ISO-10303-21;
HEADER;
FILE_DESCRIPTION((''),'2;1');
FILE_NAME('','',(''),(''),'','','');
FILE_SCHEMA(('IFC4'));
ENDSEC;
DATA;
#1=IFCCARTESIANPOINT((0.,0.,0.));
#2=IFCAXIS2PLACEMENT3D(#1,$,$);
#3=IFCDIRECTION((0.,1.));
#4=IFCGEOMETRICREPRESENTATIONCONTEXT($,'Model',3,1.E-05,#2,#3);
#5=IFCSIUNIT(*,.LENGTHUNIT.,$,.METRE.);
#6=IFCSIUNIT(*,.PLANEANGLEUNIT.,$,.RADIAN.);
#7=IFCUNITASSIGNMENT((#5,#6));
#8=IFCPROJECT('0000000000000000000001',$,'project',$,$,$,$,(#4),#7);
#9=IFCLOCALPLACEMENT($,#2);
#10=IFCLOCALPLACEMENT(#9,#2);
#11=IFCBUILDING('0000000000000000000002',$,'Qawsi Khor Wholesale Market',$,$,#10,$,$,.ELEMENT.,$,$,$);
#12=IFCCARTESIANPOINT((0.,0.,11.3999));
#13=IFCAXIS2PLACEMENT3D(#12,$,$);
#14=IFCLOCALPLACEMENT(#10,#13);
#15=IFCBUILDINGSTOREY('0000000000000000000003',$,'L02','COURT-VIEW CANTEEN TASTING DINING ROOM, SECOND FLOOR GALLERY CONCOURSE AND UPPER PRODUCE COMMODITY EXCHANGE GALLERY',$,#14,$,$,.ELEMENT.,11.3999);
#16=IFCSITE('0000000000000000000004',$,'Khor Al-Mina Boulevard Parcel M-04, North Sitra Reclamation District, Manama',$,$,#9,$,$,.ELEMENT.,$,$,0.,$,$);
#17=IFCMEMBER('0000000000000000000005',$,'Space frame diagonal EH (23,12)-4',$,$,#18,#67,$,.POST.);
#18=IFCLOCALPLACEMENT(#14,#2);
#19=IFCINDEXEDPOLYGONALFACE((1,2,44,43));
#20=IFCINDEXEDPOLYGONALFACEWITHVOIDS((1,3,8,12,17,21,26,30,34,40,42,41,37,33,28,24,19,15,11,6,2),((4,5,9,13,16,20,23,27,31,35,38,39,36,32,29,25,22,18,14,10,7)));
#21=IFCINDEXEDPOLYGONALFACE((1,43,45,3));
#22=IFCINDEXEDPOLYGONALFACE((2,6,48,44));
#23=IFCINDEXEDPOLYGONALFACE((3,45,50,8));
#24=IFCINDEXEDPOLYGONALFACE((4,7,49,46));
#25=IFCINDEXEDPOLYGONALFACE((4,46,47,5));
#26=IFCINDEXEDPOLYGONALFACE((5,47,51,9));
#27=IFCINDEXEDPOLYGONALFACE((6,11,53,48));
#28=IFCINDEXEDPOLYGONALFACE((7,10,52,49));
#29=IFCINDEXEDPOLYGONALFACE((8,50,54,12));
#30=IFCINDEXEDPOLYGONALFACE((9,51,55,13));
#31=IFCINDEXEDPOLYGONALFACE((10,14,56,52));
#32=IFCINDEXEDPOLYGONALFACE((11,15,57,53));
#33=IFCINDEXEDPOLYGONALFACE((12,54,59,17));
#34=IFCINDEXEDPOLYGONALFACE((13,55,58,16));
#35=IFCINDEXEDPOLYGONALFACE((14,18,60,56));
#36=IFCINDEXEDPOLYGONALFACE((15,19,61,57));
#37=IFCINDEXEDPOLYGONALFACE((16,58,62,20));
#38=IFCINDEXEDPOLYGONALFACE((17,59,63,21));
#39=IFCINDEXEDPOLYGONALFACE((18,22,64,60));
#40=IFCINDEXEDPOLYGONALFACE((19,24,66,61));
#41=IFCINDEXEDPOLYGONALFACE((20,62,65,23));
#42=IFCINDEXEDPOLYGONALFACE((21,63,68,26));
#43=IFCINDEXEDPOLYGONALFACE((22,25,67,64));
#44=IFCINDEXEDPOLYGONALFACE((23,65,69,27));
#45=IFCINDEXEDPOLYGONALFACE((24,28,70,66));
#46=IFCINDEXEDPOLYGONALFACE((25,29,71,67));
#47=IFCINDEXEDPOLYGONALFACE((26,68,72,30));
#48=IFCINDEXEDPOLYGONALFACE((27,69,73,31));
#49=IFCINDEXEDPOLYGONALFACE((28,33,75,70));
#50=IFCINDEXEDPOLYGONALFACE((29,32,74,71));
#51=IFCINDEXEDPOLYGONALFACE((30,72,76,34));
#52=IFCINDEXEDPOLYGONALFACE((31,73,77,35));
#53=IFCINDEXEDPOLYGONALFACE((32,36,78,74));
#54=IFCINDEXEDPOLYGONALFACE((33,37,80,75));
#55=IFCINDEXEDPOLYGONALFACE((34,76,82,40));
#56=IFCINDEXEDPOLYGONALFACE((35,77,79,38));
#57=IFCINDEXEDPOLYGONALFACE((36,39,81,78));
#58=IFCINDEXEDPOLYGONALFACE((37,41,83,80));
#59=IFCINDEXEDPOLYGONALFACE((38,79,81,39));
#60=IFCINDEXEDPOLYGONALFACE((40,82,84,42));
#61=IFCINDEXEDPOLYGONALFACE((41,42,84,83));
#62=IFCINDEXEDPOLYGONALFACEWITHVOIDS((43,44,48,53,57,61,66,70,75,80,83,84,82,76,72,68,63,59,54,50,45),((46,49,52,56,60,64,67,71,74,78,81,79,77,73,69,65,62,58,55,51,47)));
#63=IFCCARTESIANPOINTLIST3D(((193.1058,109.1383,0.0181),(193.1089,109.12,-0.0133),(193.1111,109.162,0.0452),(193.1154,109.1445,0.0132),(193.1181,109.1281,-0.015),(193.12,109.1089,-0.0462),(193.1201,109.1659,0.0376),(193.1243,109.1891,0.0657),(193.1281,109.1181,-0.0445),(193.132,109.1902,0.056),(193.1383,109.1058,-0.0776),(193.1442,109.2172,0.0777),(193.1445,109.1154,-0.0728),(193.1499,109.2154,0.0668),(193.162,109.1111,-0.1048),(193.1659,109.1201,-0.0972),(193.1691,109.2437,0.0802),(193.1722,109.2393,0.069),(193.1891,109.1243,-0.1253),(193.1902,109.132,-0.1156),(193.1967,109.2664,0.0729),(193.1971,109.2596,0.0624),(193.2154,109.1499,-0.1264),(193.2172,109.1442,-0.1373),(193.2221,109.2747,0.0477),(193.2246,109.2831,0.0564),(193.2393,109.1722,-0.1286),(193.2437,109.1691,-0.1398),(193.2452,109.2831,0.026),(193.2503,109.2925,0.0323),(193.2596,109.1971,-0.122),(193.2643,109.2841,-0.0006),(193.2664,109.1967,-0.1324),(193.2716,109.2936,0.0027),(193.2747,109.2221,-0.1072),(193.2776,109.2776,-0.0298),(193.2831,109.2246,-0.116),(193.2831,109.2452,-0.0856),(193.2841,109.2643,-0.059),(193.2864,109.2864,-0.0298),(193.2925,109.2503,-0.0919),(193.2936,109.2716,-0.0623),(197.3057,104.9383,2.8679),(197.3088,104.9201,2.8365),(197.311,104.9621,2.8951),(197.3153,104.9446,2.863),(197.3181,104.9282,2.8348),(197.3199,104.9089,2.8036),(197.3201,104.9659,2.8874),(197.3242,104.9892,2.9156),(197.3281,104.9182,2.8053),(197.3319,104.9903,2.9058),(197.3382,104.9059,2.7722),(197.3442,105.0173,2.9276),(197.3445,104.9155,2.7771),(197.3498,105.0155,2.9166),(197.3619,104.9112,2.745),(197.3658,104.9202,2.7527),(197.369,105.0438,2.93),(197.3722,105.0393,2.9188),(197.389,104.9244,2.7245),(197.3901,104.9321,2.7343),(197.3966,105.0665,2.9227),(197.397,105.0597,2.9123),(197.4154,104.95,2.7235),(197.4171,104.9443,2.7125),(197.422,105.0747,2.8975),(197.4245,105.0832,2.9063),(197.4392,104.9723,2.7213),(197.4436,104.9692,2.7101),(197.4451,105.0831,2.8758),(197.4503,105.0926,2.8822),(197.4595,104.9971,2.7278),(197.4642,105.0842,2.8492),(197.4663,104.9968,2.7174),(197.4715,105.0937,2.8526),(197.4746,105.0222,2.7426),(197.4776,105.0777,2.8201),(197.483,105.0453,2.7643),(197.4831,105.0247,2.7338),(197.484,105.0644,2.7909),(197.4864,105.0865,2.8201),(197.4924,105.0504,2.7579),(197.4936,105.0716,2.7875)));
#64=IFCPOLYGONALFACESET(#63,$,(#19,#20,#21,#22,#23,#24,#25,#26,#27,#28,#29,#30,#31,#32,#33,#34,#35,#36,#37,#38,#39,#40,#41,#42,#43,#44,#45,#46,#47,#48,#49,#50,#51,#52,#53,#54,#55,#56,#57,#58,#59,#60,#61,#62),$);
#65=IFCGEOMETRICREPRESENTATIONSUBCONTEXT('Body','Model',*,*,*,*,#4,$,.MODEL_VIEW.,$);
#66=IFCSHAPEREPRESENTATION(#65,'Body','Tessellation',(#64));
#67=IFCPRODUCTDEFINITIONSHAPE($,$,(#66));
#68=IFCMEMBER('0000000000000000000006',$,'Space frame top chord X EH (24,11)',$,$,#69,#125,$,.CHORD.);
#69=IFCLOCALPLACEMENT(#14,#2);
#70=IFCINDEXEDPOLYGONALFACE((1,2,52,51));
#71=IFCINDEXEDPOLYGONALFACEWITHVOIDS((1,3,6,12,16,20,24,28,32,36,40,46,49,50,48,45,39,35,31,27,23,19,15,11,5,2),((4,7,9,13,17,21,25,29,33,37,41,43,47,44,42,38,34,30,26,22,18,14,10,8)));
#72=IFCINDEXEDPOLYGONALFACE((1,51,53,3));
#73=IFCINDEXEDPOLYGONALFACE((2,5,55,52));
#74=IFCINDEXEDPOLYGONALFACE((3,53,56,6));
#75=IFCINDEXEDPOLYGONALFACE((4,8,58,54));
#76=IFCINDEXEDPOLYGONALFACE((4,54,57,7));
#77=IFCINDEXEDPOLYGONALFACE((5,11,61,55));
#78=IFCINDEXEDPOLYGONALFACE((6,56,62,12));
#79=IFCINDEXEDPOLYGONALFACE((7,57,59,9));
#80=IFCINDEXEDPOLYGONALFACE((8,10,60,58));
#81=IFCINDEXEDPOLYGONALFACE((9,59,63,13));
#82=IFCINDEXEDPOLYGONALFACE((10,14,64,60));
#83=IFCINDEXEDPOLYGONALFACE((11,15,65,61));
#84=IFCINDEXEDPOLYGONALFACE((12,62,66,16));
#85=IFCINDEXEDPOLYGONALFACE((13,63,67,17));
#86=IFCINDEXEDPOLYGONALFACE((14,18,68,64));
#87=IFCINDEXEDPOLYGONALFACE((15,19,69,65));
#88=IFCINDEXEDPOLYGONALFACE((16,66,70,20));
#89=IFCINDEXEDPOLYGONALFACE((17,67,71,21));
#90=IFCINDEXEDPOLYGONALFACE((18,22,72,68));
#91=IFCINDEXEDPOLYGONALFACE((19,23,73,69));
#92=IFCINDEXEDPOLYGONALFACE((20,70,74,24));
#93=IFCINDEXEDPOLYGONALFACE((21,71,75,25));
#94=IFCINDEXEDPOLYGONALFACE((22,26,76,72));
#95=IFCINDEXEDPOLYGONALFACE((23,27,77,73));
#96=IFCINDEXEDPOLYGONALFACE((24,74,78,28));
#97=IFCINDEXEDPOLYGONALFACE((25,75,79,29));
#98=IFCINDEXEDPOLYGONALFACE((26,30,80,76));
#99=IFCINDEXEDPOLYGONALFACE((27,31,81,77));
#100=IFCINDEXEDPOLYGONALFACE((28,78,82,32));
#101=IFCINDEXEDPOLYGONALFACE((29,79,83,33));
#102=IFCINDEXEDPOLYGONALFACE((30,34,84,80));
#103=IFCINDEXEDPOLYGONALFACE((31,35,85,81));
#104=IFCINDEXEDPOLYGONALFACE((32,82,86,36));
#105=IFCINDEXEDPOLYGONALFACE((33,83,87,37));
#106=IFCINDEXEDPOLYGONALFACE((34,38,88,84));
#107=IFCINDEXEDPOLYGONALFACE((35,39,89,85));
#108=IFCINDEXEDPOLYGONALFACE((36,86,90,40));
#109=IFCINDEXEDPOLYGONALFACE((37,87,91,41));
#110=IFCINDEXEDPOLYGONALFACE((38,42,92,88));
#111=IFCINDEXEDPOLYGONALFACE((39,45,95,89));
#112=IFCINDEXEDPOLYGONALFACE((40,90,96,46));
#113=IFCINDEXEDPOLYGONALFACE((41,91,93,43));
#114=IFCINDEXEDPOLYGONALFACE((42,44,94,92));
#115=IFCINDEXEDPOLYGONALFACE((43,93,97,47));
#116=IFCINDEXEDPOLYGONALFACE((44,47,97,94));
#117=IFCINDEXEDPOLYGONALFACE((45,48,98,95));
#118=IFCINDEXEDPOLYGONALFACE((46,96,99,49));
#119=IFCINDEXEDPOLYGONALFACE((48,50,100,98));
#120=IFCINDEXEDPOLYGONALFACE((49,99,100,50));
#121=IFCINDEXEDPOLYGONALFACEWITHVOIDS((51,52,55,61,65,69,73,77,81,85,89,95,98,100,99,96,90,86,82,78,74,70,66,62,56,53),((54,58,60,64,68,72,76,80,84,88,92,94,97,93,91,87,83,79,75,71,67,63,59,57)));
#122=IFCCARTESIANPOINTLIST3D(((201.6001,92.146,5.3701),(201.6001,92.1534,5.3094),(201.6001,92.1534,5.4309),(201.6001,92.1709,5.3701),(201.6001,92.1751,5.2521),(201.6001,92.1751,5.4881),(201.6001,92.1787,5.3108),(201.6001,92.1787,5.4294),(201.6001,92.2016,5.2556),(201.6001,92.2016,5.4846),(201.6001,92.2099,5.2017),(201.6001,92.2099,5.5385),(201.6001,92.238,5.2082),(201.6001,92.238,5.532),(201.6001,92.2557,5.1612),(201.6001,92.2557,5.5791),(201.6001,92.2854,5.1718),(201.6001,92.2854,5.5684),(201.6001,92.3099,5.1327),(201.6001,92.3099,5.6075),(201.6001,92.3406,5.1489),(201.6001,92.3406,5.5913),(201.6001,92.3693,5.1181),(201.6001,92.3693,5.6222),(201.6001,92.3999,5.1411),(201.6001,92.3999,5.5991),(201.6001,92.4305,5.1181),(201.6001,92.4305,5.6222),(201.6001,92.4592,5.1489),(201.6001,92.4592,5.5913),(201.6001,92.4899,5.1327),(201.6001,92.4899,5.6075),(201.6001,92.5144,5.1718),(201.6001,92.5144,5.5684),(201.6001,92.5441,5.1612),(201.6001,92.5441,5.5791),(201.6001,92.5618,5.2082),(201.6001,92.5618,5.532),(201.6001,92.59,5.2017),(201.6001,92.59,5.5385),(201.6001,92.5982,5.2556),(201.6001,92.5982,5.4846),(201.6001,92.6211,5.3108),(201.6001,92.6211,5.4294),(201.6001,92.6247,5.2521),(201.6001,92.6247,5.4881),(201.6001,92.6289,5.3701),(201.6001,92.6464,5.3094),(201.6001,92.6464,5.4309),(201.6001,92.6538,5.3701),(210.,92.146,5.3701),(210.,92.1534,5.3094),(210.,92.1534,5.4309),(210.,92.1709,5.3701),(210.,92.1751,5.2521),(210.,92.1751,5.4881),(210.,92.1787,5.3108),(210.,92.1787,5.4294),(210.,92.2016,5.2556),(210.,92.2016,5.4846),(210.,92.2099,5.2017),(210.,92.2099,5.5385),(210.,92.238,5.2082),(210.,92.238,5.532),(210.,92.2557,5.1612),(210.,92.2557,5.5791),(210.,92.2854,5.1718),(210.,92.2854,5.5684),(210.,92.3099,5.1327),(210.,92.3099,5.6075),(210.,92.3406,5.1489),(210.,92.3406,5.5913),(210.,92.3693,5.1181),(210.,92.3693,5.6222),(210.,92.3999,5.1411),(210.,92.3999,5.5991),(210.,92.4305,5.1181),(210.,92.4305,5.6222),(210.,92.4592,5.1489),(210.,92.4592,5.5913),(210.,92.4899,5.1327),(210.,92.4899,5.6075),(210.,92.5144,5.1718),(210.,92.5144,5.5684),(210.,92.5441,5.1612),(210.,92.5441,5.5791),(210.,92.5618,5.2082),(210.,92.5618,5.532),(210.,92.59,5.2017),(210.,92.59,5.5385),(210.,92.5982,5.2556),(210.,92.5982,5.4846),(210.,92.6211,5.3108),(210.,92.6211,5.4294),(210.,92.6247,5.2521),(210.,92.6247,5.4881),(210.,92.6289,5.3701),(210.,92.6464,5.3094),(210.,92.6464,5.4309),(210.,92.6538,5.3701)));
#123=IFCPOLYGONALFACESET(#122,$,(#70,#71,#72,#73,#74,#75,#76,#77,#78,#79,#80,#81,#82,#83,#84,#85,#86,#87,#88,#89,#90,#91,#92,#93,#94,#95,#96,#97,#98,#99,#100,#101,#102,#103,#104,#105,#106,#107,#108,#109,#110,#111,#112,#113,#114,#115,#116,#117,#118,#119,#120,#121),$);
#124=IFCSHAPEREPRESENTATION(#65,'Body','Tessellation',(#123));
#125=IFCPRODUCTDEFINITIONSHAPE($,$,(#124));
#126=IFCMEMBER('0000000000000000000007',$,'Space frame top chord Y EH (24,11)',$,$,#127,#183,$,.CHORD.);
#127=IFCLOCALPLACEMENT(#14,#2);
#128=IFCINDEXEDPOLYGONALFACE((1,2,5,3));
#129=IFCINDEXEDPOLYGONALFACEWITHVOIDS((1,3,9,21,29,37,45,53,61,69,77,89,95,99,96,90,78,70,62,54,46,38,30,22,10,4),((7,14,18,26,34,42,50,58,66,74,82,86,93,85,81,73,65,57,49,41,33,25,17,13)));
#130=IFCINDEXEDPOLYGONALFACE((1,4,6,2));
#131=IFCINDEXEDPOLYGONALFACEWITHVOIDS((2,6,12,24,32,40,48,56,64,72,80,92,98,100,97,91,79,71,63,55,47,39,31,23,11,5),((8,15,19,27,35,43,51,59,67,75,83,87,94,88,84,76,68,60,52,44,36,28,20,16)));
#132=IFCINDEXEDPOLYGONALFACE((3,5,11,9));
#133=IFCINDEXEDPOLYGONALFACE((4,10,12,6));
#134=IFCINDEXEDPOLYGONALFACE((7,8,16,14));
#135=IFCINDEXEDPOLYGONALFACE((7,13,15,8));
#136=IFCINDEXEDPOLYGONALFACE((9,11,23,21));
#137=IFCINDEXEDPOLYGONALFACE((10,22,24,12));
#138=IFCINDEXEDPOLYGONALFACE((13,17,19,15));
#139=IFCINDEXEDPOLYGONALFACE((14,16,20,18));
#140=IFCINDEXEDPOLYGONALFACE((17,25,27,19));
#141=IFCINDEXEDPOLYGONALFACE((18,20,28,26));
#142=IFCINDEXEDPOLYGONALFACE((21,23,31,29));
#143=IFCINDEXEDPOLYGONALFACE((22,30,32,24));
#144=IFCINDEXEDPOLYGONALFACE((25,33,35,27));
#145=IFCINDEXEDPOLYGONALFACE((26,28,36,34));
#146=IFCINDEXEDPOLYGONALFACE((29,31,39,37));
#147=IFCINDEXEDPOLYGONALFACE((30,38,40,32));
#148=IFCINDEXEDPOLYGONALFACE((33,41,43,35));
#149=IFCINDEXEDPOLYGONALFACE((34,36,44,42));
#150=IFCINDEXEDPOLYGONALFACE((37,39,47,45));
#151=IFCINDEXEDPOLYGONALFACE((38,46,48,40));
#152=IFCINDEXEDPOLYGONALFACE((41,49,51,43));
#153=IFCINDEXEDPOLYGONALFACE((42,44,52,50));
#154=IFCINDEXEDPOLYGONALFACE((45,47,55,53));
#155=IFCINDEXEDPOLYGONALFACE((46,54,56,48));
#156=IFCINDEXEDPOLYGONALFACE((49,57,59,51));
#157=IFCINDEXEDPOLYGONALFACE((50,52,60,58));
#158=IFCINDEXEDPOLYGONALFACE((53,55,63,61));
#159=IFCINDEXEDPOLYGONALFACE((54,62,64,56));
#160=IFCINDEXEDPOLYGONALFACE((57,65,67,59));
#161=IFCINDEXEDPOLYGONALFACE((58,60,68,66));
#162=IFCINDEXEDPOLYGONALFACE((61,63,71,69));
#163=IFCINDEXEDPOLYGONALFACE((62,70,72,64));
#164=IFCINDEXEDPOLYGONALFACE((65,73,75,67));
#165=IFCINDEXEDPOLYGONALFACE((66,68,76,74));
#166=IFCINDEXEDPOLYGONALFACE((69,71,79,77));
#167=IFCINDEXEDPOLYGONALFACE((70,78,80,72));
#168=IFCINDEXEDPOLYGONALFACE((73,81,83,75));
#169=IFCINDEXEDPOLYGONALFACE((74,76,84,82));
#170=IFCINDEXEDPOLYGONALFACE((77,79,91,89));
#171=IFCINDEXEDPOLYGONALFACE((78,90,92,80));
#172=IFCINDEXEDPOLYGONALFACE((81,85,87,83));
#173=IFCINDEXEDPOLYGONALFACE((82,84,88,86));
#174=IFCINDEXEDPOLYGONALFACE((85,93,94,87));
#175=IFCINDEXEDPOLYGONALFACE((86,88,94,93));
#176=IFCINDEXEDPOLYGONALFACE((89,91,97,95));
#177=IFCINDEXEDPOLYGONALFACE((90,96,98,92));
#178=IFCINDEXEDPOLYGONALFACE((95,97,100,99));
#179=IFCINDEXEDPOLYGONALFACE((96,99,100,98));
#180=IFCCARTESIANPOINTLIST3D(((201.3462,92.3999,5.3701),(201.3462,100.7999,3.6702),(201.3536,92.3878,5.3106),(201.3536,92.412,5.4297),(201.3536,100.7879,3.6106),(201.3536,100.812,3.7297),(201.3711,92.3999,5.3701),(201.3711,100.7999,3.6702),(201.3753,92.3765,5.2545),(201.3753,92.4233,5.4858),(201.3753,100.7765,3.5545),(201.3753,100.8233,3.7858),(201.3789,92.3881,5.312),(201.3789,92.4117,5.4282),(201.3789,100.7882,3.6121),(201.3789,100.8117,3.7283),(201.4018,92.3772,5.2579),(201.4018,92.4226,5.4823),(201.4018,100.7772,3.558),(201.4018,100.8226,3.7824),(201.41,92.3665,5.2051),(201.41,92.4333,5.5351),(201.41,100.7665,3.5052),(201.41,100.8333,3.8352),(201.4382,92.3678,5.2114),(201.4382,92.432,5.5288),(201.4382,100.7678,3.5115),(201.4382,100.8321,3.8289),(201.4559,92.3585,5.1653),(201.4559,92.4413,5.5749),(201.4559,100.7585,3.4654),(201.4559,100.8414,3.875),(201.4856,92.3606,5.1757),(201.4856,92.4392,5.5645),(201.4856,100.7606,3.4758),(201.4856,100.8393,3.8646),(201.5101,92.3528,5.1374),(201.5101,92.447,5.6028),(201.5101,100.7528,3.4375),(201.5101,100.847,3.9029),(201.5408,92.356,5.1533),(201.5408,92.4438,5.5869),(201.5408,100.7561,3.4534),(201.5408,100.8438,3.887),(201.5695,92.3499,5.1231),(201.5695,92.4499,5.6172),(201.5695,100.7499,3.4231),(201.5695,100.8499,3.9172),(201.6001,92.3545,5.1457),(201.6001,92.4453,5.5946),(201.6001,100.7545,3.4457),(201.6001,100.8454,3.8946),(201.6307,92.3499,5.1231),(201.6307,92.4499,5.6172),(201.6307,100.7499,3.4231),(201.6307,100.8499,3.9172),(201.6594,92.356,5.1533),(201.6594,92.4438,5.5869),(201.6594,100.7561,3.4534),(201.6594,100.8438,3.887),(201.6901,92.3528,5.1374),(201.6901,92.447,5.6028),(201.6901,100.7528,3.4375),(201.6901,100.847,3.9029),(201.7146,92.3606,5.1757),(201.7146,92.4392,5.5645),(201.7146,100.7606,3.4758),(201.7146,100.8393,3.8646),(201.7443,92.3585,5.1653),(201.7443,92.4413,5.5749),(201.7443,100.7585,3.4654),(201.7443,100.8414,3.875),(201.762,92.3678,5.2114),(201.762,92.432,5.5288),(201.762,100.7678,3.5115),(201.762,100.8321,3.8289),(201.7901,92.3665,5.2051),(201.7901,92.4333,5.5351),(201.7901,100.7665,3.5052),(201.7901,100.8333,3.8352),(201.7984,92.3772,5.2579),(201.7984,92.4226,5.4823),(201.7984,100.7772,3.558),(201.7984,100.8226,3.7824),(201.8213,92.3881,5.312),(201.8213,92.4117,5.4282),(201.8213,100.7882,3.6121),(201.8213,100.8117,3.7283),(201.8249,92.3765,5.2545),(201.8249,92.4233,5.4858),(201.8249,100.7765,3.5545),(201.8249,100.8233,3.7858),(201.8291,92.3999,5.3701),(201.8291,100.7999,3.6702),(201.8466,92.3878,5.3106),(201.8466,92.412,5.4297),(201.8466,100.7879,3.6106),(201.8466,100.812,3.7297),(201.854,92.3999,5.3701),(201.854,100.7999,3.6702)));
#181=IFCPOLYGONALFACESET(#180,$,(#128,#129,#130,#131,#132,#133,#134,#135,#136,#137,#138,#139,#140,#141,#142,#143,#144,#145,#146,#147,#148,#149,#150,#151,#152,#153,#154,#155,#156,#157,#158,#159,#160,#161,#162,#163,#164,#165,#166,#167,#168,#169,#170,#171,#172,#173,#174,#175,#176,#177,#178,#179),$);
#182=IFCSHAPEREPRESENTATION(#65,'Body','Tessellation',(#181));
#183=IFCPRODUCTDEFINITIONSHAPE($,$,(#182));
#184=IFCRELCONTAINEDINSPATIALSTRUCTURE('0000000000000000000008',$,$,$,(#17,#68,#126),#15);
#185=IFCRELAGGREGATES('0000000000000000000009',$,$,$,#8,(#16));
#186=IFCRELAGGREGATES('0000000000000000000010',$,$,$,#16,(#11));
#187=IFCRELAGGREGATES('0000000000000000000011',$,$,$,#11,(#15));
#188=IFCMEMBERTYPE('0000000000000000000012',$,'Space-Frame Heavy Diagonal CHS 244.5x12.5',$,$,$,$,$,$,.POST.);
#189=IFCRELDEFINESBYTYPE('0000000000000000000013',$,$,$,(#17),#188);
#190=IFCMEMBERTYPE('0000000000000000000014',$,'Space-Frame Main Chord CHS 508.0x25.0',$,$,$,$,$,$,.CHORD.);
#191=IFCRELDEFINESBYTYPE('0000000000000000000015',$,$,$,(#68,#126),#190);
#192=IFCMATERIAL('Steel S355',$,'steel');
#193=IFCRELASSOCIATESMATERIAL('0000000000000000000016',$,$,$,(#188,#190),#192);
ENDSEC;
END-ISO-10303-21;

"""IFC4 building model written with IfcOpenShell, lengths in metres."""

from ifc_helpers import new_model, si_unit, direction, frame, origin, origin_2d, place, context, subcontext, project, spatial, hollow_circle, extrude, material, material_profile, profile_set, type_object, element, save


model = new_model("IFC4")

# Units and contexts
model_context = context("Model", 3, precision=1e-05, world=origin(), true_north=direction((0.0, 1.0)))
body_context = subcontext(model_context, "Body", "Model", "MODEL_VIEW")
ifc_project = project(units=[si_unit("LENGTHUNIT", "METRE"), si_unit("PLANEANGLEUNIT", "RADIAN")], contexts=[model_context])

# Site, building, storey
site_placement = place(None, origin())
site = spatial("IfcSite", under=ifc_project, at=site_placement, Name="Khor Al-Mina Boulevard Parcel M-04, North Sitra Reclamation District, Manama", CompositionType="ELEMENT", RefElevation=0.0)
building_placement = place(site_placement, origin())
building = spatial("IfcBuilding", under=site, at=building_placement, Name="Qawsi Khor Wholesale Market", CompositionType="ELEMENT")
storey_placement = place(building_placement, frame((0.0, 0.0, 11.3999)))
storey = spatial("IfcBuildingStorey", under=building, at=storey_placement, Name="L02", Description="COURT-VIEW CANTEEN TASTING DINING ROOM, SECOND FLOOR GALLERY CONCOURSE AND UPPER PRODUCE COMMODITY EXCHANGE GALLERY", CompositionType="ELEMENT", Elevation=11.3999)

# Members
ifc_material_1 = material(Name="Steel S355", Category="steel")
ifc_material_profile_1 = material_profile(ifc_material_1, hollow_circle(Radius=0.1223, WallThickness=0.0125, at=origin_2d()), Name="CHS 244.5x12.5")
ifc_profile_set_1 = profile_set([ifc_material_profile_1], Name="Steel S355")
member_type_1 = type_object("IfcMemberType", Name="Space-Frame Heavy Diagonal CHS 244.5x12.5", PredefinedType="POST", material=ifc_profile_set_1)
member_1_placement = place(storey_placement, frame((193.2, 109.2, -0.0298), z_axis=(0.637522, -0.637522, 0.432587), x_axis=(0.707107, 0.707107, 0.0)))
element("IfcMember", 1, at=member_1_placement, inside=storey, type_object=member_type_1, Name="Space frame diagonal EH (23,12)-4", PredefinedType="POST", context=body_context, shape_type="SweptSolid", body=[
    extrude(hollow_circle(Radius=0.1223, WallThickness=0.0125, at=origin_2d()), origin(), (0.0, 0.0, 1.0), 6.5879),
])
ifc_material_profile_2 = material_profile(ifc_material_1, hollow_circle(Radius=0.2539, WallThickness=0.0249, at=origin_2d()), Name="CHS 508.0x25.0")
ifc_profile_set_2 = profile_set([ifc_material_profile_2], Name="Steel S355")
member_type_2 = type_object("IfcMemberType", Name="Space-Frame Main Chord CHS 508.0x25.0", PredefinedType="CHORD", material=ifc_profile_set_2)
member_2_placement = place(storey_placement, frame((201.6001, 92.3999, 5.3701), z_axis=(1.0, 0.0, 0.0), x_axis=(0.0, 1.0, 0.0)))
element("IfcMember", 2, at=member_2_placement, inside=storey, type_object=member_type_2, Name="Space frame top chord X EH (24,11)", PredefinedType="CHORD", context=body_context, shape_type="SweptSolid", body=[
    extrude(hollow_circle(Radius=0.2539, WallThickness=0.0249, at=origin_2d()), origin(), (0.0, 0.0, 1.0), 8.3999),
])
member_3_placement = place(storey_placement, frame((201.6001, 92.3999, 5.3701), z_axis=(0.0, 0.980131, -0.198351), x_axis=(-1.0, 0.0, 0.0)))
element("IfcMember", 3, at=member_3_placement, inside=storey, type_object=member_type_2, Name="Space frame top chord Y EH (24,11)", PredefinedType="CHORD", context=body_context, shape_type="SweptSolid", body=[
    extrude(hollow_circle(Radius=0.2539, WallThickness=0.0249, at=origin_2d()), origin(), (0.0, 0.0, 1.0), 8.5703),
])

save(model, "model.ifc")
